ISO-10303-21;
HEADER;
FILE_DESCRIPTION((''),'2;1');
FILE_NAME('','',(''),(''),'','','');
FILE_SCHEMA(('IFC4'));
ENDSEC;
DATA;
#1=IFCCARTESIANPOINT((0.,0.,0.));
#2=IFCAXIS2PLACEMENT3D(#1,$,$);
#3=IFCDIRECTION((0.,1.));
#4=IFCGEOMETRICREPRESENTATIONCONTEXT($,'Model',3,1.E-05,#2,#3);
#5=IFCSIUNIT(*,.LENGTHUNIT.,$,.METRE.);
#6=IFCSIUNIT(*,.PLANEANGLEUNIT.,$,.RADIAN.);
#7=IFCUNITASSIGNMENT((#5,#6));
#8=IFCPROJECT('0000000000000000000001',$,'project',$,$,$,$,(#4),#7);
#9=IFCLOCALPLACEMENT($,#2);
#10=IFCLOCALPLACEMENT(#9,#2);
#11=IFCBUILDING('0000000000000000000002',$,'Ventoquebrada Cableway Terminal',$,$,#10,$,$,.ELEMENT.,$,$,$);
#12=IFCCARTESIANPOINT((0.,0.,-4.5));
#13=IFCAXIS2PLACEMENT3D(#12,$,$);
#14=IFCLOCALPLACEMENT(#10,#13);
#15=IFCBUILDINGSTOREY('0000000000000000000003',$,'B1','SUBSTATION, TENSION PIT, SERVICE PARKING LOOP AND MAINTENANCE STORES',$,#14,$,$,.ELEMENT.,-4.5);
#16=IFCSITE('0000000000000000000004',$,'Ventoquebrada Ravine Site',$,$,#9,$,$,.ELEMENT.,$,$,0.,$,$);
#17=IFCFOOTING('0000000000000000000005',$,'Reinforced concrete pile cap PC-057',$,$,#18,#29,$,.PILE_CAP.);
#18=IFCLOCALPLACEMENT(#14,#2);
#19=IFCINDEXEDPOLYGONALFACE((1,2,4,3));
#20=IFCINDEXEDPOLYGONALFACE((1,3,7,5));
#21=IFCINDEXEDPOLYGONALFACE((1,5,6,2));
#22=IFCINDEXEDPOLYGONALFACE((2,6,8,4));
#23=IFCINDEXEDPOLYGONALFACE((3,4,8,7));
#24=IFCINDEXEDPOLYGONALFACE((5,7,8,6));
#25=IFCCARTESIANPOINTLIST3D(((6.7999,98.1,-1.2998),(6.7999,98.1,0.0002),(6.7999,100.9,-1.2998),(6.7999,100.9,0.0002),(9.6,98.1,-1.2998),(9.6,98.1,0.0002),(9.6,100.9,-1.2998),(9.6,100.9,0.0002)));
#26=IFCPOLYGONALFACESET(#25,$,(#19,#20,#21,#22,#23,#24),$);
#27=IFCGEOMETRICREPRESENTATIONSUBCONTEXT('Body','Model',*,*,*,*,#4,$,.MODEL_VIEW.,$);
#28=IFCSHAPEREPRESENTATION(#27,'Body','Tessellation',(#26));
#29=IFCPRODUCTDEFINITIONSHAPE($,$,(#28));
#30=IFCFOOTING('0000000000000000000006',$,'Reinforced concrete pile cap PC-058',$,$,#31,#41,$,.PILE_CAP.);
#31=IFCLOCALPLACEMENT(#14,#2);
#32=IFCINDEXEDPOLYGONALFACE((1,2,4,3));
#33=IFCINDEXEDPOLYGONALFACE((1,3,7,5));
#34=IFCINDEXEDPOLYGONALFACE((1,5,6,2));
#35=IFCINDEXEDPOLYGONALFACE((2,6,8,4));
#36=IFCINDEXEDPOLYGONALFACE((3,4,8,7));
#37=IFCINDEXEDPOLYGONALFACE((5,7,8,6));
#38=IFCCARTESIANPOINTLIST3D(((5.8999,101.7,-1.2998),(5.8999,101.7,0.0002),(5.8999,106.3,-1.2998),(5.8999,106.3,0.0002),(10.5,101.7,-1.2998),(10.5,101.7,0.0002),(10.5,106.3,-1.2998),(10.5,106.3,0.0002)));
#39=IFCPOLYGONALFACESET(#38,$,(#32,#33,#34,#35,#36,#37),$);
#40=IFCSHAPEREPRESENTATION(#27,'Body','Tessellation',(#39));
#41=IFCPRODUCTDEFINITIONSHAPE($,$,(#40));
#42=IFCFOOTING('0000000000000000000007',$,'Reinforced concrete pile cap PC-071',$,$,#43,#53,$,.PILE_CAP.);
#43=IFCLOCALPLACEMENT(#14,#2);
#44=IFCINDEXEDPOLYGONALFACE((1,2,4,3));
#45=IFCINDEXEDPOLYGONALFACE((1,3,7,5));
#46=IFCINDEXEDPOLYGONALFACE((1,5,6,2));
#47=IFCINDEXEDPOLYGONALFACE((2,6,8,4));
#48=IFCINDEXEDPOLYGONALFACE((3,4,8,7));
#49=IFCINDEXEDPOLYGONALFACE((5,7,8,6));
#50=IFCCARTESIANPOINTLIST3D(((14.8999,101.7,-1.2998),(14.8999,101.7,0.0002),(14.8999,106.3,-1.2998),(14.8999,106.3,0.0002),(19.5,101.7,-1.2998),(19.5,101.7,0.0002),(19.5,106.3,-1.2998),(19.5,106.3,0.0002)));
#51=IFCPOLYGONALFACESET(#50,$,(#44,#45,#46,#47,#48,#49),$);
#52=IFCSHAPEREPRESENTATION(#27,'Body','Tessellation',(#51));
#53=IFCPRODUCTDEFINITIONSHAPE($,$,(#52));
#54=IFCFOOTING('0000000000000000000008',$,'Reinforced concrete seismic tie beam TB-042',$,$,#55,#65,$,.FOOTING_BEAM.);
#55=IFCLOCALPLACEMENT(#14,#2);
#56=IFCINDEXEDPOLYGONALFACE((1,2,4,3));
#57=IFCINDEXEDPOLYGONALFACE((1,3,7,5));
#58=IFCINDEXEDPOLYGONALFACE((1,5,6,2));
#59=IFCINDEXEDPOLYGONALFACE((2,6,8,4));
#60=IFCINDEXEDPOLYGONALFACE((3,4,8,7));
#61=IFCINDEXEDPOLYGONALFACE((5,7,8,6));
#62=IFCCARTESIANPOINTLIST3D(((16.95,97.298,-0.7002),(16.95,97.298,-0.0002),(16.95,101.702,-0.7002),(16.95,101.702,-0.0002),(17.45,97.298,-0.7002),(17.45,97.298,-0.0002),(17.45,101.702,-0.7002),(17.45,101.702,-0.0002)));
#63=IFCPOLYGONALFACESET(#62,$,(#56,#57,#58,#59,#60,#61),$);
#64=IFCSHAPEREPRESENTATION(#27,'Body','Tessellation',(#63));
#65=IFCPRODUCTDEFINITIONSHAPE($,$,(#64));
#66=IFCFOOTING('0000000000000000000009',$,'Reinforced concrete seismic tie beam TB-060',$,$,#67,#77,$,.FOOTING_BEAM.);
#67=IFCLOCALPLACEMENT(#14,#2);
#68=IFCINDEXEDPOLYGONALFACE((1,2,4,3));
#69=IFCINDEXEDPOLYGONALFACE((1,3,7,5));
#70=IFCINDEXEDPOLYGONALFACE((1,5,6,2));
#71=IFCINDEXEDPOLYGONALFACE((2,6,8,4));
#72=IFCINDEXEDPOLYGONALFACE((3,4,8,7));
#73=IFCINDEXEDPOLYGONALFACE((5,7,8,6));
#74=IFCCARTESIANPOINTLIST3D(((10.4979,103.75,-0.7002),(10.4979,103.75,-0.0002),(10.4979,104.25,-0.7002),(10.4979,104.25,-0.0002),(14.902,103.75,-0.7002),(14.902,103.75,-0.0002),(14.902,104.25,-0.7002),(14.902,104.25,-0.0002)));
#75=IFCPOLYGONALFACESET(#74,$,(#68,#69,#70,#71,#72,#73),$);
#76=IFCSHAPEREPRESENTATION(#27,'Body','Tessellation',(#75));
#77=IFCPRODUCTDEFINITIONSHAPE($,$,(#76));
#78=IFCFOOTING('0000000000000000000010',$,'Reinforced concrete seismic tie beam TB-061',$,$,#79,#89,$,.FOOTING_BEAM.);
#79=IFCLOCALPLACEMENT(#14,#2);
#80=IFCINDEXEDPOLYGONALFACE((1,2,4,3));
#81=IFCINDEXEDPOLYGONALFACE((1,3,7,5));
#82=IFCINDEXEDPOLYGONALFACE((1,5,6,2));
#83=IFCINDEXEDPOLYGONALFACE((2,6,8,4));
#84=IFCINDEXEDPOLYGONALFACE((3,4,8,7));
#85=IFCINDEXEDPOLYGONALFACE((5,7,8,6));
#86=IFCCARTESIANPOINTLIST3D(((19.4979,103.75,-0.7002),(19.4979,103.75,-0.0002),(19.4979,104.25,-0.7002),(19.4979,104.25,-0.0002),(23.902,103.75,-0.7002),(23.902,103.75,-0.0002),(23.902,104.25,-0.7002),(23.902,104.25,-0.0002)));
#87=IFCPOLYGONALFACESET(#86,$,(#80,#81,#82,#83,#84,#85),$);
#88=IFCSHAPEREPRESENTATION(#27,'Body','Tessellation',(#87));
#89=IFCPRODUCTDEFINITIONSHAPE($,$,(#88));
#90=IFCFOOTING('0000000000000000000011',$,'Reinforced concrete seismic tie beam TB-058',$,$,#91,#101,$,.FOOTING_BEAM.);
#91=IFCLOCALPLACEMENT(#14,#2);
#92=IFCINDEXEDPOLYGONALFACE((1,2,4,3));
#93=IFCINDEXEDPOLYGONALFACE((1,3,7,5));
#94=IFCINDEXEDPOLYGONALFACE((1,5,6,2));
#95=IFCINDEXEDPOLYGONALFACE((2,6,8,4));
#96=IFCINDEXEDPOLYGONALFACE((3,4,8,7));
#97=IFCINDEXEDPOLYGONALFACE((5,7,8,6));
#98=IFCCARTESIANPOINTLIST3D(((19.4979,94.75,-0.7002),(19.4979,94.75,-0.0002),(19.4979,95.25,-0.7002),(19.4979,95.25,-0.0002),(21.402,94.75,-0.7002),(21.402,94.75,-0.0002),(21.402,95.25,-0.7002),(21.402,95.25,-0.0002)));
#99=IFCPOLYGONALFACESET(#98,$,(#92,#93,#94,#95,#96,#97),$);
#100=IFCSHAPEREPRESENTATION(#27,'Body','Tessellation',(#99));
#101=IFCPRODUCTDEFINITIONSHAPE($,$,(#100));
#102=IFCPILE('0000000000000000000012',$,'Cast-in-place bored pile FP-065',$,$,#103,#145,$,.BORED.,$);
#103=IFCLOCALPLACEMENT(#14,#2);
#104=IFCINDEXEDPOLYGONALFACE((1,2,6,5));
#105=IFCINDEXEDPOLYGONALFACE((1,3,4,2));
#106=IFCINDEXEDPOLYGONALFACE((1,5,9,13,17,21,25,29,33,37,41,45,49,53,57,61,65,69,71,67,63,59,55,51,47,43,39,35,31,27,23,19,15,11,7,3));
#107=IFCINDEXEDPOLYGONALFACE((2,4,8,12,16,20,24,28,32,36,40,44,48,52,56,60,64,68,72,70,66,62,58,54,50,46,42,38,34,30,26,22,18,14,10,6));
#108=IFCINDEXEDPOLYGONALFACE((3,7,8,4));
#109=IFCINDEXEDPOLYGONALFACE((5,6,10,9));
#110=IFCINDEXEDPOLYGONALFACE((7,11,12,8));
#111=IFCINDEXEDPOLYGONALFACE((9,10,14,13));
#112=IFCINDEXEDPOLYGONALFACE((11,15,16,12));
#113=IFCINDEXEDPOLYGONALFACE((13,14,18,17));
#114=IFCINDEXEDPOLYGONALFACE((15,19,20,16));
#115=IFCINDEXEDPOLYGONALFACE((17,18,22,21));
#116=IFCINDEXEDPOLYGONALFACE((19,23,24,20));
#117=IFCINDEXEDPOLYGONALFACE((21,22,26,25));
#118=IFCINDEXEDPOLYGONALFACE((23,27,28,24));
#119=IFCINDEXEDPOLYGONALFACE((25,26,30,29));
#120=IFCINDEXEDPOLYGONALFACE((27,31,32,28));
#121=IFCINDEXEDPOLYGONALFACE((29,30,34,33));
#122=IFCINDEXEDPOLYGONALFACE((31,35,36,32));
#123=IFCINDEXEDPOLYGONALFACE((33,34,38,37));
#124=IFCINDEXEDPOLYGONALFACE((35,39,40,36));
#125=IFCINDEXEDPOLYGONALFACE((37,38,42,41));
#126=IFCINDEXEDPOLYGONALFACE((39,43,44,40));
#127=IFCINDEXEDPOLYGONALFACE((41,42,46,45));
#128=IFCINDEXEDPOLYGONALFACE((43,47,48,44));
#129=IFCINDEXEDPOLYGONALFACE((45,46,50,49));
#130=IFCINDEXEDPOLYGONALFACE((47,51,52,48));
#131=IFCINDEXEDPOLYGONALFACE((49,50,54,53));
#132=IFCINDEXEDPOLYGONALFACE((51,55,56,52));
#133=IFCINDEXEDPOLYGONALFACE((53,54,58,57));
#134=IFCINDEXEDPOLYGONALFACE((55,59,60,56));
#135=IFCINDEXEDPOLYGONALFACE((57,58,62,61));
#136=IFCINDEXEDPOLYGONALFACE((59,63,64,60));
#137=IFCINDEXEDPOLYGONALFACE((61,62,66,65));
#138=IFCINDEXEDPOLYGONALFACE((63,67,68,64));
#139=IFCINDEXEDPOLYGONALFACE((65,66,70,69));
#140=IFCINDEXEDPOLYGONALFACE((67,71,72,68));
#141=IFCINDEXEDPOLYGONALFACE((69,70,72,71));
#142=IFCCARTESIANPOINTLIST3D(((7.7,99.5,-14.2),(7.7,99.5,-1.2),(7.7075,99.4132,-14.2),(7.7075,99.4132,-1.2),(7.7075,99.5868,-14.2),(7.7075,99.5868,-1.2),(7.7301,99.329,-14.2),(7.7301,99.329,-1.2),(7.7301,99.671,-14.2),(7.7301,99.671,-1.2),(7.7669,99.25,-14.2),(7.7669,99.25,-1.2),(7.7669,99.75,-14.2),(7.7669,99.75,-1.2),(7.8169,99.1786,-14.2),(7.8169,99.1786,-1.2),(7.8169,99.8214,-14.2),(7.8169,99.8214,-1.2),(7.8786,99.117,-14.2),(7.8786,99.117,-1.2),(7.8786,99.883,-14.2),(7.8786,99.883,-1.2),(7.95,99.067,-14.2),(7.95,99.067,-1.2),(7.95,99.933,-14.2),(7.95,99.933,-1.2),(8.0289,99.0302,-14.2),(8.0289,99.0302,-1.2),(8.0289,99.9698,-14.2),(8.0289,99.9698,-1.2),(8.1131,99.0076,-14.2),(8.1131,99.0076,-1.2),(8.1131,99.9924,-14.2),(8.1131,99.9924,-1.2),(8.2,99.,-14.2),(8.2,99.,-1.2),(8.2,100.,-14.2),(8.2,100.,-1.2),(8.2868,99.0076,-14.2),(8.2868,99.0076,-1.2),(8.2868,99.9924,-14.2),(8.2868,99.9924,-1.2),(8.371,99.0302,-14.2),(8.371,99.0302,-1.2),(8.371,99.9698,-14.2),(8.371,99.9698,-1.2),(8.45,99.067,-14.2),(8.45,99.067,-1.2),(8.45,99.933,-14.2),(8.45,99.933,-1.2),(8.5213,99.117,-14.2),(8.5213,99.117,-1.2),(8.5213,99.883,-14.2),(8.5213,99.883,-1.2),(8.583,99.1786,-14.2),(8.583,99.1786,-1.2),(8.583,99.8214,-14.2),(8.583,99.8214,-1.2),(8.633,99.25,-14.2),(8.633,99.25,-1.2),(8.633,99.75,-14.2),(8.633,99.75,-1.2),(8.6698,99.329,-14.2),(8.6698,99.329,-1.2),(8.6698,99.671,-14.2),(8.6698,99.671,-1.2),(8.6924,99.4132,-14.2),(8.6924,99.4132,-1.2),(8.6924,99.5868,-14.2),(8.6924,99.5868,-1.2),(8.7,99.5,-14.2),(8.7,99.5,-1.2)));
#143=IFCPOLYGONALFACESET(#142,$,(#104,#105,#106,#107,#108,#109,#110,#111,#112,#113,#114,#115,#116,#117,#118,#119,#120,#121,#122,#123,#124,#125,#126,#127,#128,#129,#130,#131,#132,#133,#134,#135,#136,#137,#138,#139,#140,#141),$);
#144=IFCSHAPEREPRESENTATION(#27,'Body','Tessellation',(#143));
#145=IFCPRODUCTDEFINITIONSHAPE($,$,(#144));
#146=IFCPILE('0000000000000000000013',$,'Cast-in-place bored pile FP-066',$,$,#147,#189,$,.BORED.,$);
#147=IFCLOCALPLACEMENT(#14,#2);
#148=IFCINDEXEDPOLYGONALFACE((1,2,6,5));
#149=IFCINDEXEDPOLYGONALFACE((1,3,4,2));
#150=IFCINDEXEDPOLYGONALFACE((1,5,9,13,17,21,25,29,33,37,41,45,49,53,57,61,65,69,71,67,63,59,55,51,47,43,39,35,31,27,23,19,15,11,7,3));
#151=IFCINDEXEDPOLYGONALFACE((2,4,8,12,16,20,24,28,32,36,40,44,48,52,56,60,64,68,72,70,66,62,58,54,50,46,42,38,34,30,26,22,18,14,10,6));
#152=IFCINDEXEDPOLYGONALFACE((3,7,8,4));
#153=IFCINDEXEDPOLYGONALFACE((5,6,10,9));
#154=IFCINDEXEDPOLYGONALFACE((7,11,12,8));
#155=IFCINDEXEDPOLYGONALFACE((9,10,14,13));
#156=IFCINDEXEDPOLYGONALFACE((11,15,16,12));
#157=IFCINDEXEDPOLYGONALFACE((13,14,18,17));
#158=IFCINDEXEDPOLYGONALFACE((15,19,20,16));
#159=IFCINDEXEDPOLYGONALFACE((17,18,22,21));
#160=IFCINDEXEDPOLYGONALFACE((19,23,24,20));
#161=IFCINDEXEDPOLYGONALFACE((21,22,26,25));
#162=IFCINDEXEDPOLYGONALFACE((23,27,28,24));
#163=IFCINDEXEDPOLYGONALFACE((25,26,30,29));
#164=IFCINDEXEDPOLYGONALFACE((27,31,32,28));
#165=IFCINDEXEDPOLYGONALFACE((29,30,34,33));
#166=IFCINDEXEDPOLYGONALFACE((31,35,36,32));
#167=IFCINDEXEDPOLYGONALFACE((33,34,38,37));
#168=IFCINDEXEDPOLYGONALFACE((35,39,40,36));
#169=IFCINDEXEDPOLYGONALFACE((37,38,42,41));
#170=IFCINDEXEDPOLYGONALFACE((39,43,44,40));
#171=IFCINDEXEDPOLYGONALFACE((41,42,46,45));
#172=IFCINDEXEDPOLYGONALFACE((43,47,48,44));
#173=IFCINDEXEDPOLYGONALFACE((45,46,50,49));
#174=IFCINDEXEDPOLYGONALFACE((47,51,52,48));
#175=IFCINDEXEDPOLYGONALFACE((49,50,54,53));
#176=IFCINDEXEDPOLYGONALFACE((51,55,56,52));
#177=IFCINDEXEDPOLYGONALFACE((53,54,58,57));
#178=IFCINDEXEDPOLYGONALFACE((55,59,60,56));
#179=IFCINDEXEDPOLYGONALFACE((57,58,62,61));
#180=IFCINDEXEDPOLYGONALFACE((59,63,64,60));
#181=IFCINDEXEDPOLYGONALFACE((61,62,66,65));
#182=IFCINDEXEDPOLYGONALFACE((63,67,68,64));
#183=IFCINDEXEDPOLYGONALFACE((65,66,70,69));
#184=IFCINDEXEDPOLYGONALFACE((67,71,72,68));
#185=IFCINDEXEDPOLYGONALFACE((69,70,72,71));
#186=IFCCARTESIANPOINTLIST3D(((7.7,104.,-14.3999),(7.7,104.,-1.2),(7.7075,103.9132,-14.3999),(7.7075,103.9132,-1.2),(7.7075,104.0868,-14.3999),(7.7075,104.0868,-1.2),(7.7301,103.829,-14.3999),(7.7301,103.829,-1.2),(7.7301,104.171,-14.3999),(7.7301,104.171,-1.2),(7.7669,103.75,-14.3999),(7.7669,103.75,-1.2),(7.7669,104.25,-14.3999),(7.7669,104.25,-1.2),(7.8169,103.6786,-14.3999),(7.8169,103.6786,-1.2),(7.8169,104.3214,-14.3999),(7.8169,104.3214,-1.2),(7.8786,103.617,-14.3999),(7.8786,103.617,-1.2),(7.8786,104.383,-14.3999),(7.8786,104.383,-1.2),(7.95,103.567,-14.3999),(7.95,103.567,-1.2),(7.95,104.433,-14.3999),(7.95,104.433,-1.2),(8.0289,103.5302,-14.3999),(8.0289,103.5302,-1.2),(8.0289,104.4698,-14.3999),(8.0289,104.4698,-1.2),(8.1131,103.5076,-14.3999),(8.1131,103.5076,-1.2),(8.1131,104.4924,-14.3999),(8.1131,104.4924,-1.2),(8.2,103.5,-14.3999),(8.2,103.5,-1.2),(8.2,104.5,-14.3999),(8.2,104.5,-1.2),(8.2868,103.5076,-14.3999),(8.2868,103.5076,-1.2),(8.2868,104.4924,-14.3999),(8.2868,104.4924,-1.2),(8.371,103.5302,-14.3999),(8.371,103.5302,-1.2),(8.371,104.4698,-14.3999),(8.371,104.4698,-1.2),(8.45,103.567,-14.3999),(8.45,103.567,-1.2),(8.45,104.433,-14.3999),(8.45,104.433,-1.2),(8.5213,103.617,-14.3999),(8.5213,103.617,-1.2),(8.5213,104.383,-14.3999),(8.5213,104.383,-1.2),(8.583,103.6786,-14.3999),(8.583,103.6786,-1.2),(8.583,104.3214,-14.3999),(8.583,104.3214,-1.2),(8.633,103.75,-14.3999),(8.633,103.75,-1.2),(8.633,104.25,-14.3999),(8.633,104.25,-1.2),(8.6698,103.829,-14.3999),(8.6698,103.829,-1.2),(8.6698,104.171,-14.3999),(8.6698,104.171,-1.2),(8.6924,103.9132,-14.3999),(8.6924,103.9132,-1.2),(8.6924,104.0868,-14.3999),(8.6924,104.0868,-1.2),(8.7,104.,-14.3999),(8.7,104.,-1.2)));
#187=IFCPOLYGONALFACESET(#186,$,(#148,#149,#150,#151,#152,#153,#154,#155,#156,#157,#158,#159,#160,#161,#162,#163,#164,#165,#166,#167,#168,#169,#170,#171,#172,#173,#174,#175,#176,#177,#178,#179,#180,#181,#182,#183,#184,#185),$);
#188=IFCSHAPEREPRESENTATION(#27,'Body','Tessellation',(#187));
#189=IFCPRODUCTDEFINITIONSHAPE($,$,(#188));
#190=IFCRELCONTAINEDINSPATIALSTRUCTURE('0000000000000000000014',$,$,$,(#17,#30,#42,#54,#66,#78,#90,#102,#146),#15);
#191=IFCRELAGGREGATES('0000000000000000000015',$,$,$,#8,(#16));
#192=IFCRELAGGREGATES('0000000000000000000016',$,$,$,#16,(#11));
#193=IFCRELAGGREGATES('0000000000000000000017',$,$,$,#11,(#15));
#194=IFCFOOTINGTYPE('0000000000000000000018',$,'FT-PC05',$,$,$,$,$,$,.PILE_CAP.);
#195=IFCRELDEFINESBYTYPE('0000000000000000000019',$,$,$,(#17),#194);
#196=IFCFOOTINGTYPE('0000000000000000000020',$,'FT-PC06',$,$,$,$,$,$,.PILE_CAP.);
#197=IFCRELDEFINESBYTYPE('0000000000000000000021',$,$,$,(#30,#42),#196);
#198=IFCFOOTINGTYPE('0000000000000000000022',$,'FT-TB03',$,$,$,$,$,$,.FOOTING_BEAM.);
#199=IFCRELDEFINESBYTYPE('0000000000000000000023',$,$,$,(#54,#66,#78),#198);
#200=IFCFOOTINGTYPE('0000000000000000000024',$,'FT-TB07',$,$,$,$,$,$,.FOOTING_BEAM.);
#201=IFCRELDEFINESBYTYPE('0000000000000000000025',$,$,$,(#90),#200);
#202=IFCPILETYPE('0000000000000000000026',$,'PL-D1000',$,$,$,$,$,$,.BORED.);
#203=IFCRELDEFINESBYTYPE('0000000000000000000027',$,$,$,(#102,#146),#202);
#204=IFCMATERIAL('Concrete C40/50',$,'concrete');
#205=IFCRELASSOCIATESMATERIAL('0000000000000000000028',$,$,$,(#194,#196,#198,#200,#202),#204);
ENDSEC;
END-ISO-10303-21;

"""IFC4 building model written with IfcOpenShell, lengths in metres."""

from ifc_helpers import new_model, si_unit, direction, frame, origin, origin_2d, place, context, subcontext, project, spatial, rectangle, circle, extrude, material, material_profile, profile_set, type_object, element, save


model = new_model("IFC4")

# Units and contexts
model_context = context("Model", 3, precision=1e-05, world=origin(), true_north=direction((0.0, 1.0)))
body_context = subcontext(model_context, "Body", "Model", "MODEL_VIEW")
ifc_project = project(units=[si_unit("LENGTHUNIT", "METRE"), si_unit("PLANEANGLEUNIT", "RADIAN")], contexts=[model_context])

# Site, building, storey
site_placement = place(None, origin())
site = spatial("IfcSite", under=ifc_project, at=site_placement, Name="Ventoquebrada Ravine Site", CompositionType="ELEMENT", RefElevation=0.0)
building_placement = place(site_placement, origin())
building = spatial("IfcBuilding", under=site, at=building_placement, Name="Ventoquebrada Cableway Terminal", CompositionType="ELEMENT")
storey_placement = place(building_placement, frame((0.0, 0.0, -4.5)))
storey = spatial("IfcBuildingStorey", under=building, at=storey_placement, Name="B1", Description="SUBSTATION, TENSION PIT, SERVICE PARKING LOOP AND MAINTENANCE STORES", CompositionType="ELEMENT", Elevation=-4.5)

# Footings
ifc_material_1 = material(Name="Concrete C40/50", Category="concrete")
footing_type_1 = type_object("IfcFootingType", Name="FT-PC05", PredefinedType="PILE_CAP", material=ifc_material_1)
footing_1_placement = place(storey_placement, frame((8.2, 99.5, -1.2998), z_axis=(0.0, 0.0, 1.0), x_axis=(1.0, 0.0, 0.0)))
element("IfcFooting", 1, at=footing_1_placement, inside=storey, type_object=footing_type_1, Name="Reinforced concrete pile cap PC-057", PredefinedType="PILE_CAP", context=body_context, shape_type="SweptSolid", body=[
    extrude(rectangle(XDim=2.8, YDim=2.8, at=origin_2d()), origin(), (0.0, 0.0, 1.0), 1.3),
])
footing_type_2 = type_object("IfcFootingType", Name="FT-PC06", PredefinedType="PILE_CAP", material=ifc_material_1)
for number, where, z_axis, x_axis, name in (
    (2, (8.2, 104.0, -1.2998), (0.0, 0.0, 1.0), (1.0, 0.0, 0.0), "Reinforced concrete pile cap PC-058"),
    (3, (17.2, 104.0, -1.2998), (0.0, 0.0, 1.0), (1.0, 0.0, 0.0), "Reinforced concrete pile cap PC-071"),
):
    element("IfcFooting", number, at=place(storey_placement, frame(where, z_axis=z_axis, x_axis=x_axis)), inside=storey, type_object=footing_type_2, Name=name, PredefinedType="PILE_CAP", context=body_context, shape_type="SweptSolid", body=[
        extrude(rectangle(XDim=4.6001, YDim=4.6001, at=origin_2d()), origin(), (0.0, 0.0, 1.0), 1.3),
    ])
footing_type_3 = type_object("IfcFootingType", Name="FT-TB03", PredefinedType="FOOTING_BEAM", material=ifc_material_1)
for number, where, z_axis, x_axis, name in (
    (4, (17.2, 99.5, -0.7002), (0.0, 0.0, 1.0), (0.0, 1.0, 0.0), "Reinforced concrete seismic tie beam TB-042"),
    (5, (12.7, 104.0, -0.7002), (0.0, 0.0, 1.0), (1.0, 0.0, 0.0), "Reinforced concrete seismic tie beam TB-060"),
    (6, (21.7, 104.0, -0.7002), (0.0, 0.0, 1.0), (1.0, 0.0, 0.0), "Reinforced concrete seismic tie beam TB-061"),
):
    element("IfcFooting", number, at=place(storey_placement, frame(where, z_axis=z_axis, x_axis=x_axis)), inside=storey, type_object=footing_type_3, Name=name, PredefinedType="FOOTING_BEAM", context=body_context, shape_type="SweptSolid", body=[
        extrude(rectangle(XDim=4.4041, YDim=0.5, at=origin_2d()), origin(), (0.0, 0.0, 1.0), 0.7),
    ])
footing_type_4 = type_object("IfcFootingType", Name="FT-TB07", PredefinedType="FOOTING_BEAM", material=ifc_material_1)
footing_2_placement = place(storey_placement, frame((20.45, 95.0, -0.7002), z_axis=(0.0, 0.0, 1.0), x_axis=(1.0, 0.0, 0.0)))
element("IfcFooting", 7, at=footing_2_placement, inside=storey, type_object=footing_type_4, Name="Reinforced concrete seismic tie beam TB-058", PredefinedType="FOOTING_BEAM", context=body_context, shape_type="SweptSolid", body=[
    extrude(rectangle(XDim=1.9041, YDim=0.5, at=origin_2d()), origin(), (0.0, 0.0, 1.0), 0.7),
])

# Piles
ifc_material_profile_1 = material_profile(ifc_material_1, circle(Radius=0.5, at=origin_2d()), Name="PILE-D1000")
ifc_profile_set_1 = profile_set([ifc_material_profile_1], Name="Concrete C40/50")
pile_type = type_object("IfcPileType", Name="PL-D1000", PredefinedType="BORED", material=ifc_profile_set_1)
pile_placement = place(storey_placement, frame((8.2, 99.5, -1.2), z_axis=(0.0, 0.0, -1.0), x_axis=(1.0, 0.0, 0.0)))
element("IfcPile", 8, at=pile_placement, inside=storey, type_object=pile_type, Name="Cast-in-place bored pile FP-065", PredefinedType="BORED", context=body_context, shape_type="SweptSolid", body=[
    extrude(circle(Radius=0.5, at=origin_2d()), origin(), (0.0, 0.0, 1.0), 13.0),
])
for number, where, z_axis, x_axis, name in (
    (9, (8.2, 104.0, -1.2), (0.0, 0.0, -1.0), (1.0, 0.0, 0.0), "Cast-in-place bored pile FP-066"),
):
    element("IfcPile", number, at=place(storey_placement, frame(where, z_axis=z_axis, x_axis=x_axis)), inside=storey, type_object=pile_type, Name=name, PredefinedType="BORED", context=body_context, shape_type="SweptSolid", body=[
        extrude(circle(Radius=0.5, at=origin_2d()), origin(), (0.0, 0.0, 1.0), 13.2),
    ])

save(model, "model.ifc")
